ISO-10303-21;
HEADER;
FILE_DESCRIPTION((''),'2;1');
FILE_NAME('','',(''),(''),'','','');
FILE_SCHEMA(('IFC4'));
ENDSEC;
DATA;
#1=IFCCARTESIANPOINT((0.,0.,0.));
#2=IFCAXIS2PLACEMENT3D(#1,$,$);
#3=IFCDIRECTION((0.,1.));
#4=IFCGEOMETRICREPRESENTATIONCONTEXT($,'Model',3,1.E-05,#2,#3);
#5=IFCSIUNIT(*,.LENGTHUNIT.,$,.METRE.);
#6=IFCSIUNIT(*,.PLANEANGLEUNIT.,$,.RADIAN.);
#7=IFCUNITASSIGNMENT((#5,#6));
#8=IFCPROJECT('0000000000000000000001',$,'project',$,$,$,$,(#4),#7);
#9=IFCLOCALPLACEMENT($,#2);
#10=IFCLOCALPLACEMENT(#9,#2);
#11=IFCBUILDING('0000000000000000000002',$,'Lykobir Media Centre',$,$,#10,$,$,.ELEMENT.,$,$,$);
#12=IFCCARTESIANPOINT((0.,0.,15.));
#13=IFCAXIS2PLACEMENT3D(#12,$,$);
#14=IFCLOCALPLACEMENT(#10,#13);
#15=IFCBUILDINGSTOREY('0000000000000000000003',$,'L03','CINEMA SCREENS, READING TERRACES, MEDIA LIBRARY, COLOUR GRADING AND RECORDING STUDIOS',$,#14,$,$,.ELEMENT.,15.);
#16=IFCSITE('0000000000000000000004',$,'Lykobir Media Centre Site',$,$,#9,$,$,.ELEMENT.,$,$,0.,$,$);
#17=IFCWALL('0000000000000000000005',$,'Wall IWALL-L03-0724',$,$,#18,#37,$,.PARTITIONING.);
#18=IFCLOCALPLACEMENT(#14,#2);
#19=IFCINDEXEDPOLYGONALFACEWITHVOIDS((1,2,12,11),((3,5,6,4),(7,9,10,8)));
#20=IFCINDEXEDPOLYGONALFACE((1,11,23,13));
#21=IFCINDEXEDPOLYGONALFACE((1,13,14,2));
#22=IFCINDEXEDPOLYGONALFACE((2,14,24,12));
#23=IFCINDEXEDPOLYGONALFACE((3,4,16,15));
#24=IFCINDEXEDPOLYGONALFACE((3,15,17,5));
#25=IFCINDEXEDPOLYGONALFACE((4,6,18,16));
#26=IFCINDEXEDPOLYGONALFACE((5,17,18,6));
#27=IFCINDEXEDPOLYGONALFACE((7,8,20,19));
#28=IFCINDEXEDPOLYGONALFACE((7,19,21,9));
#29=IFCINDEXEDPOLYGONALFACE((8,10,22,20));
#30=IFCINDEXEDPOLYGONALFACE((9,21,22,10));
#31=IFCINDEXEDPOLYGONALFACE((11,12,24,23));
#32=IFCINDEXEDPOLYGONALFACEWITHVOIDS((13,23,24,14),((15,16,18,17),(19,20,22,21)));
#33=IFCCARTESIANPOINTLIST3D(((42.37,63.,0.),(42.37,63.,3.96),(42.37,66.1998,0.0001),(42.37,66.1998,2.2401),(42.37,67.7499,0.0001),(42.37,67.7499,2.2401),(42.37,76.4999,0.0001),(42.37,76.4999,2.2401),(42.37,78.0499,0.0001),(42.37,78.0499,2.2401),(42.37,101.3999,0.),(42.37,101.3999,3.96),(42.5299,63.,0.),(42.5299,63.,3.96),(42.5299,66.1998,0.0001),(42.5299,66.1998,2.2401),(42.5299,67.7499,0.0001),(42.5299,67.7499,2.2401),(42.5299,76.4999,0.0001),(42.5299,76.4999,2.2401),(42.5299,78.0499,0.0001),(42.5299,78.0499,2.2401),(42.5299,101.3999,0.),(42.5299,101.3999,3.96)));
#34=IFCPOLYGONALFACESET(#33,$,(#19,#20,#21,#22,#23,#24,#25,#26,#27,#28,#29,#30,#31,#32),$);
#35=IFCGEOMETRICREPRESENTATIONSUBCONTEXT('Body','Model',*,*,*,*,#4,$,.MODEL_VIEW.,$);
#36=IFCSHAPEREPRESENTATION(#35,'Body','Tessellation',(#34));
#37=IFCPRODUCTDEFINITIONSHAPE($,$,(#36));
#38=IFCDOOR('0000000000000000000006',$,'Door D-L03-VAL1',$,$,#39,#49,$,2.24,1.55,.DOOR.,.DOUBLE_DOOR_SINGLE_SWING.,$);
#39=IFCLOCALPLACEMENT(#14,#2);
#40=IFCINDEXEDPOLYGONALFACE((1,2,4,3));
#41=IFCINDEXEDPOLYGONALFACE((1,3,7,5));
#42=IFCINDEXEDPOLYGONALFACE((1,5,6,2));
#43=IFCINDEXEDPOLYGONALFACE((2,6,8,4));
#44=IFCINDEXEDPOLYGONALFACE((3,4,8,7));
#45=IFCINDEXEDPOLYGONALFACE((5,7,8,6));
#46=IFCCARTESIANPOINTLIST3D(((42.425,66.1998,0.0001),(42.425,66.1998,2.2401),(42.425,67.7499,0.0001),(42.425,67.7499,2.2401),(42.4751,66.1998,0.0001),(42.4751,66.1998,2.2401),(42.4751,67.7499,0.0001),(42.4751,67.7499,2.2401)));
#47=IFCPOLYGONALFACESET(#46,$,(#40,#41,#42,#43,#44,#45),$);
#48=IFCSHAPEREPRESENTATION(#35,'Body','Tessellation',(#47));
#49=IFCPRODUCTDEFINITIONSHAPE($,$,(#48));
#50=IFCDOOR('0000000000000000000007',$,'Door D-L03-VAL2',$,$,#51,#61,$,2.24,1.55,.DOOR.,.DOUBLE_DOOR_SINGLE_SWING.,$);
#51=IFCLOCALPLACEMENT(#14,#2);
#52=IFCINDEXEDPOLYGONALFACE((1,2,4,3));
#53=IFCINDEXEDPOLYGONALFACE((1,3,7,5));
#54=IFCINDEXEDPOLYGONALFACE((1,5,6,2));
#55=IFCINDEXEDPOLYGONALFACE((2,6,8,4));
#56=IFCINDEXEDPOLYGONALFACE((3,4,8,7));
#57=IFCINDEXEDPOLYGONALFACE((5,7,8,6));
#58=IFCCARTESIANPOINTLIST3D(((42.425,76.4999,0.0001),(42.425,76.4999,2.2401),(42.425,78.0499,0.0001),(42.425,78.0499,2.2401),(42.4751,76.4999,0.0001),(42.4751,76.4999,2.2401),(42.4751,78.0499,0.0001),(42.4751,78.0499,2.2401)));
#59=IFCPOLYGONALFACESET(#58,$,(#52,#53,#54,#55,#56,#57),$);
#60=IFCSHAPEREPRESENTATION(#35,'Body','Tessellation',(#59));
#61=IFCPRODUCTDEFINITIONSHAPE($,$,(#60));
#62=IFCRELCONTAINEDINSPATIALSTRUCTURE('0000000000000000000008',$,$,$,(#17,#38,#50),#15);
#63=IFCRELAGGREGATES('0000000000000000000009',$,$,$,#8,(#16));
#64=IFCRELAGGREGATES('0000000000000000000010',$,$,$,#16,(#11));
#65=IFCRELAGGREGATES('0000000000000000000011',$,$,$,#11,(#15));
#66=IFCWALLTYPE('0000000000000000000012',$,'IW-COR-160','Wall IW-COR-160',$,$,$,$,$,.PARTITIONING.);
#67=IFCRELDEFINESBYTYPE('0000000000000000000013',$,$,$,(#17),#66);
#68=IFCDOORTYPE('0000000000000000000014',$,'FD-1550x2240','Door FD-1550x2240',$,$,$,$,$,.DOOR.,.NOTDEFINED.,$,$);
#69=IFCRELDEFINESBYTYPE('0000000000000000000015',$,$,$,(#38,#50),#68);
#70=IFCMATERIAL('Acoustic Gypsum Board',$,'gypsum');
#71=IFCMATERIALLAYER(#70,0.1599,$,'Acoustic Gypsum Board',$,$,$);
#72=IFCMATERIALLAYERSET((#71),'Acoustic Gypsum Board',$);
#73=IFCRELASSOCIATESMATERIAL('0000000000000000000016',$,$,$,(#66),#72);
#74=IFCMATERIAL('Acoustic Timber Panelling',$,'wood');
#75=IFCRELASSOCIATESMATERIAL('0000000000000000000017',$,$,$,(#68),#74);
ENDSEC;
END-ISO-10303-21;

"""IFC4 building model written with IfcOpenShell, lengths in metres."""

from ifc_helpers import new_model, si_unit, direction, frame, frame_2d, origin, place, context, subcontext, project, spatial, rectangle, extrude, material, layer, layer_set, type_object, element, fill, save


model = new_model("IFC4")

# Units and contexts
model_context = context("Model", 3, precision=1e-05, world=origin(), true_north=direction((0.0, 1.0)))
body_context = subcontext(model_context, "Body", "Model", "MODEL_VIEW")
ifc_project = project(units=[si_unit("LENGTHUNIT", "METRE"), si_unit("PLANEANGLEUNIT", "RADIAN")], contexts=[model_context])

# Site, building, storey
site_placement = place(None, origin())
site = spatial("IfcSite", under=ifc_project, at=site_placement, Name="Lykobir Media Centre Site", CompositionType="ELEMENT", RefElevation=0.0)
building_placement = place(site_placement, origin())
building = spatial("IfcBuilding", under=site, at=building_placement, Name="Lykobir Media Centre", CompositionType="ELEMENT")
storey_placement = place(building_placement, frame((0.0, 0.0, 15.0)))
storey = spatial("IfcBuildingStorey", under=building, at=storey_placement, Name="L03", Description="CINEMA SCREENS, READING TERRACES, MEDIA LIBRARY, COLOUR GRADING AND RECORDING STUDIOS", CompositionType="ELEMENT", Elevation=15.0)

# Wall, openings, doors
ifc_material_1 = material(Name="Acoustic Gypsum Board", Category="gypsum")
ifc_layer_1 = layer(ifc_material_1, 0.1599, Name="Acoustic Gypsum Board")
ifc_layer_set_1 = layer_set([ifc_layer_1], Name="Acoustic Gypsum Board")
wall_type = type_object("IfcWallType", Name="IW-COR-160", Description="Wall IW-COR-160", PredefinedType="PARTITIONING", material=ifc_layer_set_1)
wall_placement = place(storey_placement, frame((42.45, 63.0, 0.0), z_axis=(0.0, 0.0, 1.0), x_axis=(0.0, 1.0, 0.0)))
wall = element("IfcWall", 1, at=wall_placement, inside=storey, type_object=wall_type, Name="Wall IWALL-L03-0724", PredefinedType="PARTITIONING", context=body_context, shape_type="SweptSolid", body=[
    extrude(rectangle(XDim=38.3999, YDim=0.1599, at=frame_2d((19.2, 0.0))), origin(), (0.0, 0.0, 1.0), 3.96),
])
opening_1_placement = place(wall_placement, frame((3.2, 0.0, 0.0)))
opening_1 = element("IfcOpeningElement", 2, at=opening_1_placement, cuts=wall, PredefinedType="OPENING", context=body_context, shape_type="SweptSolid", body=[
    extrude(rectangle(XDim=1.55, YDim=2.24, at=frame_2d((0.7749, 1.1201))), frame((0.0, 0.0898, 0.0), z_axis=(0.0, -1.0, 0.0), x_axis=(1.0, 0.0, 0.0)), (0.0, 0.0, 1.0), 0.1799),
])
opening_2_placement = place(wall_placement, frame((13.5, 0.0, 0.0)))
opening_2 = element("IfcOpeningElement", 3, at=opening_2_placement, cuts=wall, PredefinedType="OPENING", context=body_context, shape_type="SweptSolid", body=[
    extrude(rectangle(XDim=1.55, YDim=2.24, at=frame_2d((0.7749, 1.1201))), frame((0.0, 0.0898, 0.0), z_axis=(0.0, -1.0, 0.0), x_axis=(1.0, 0.0, 0.0)), (0.0, 0.0, 1.0), 0.1799),
])
ifc_material_2 = material(Name="Acoustic Timber Panelling", Category="wood")
door_type = type_object("IfcDoorType", Name="FD-1550x2240", Description="Door FD-1550x2240", OperationType="NOTDEFINED", PredefinedType="DOOR", material=ifc_material_2)
door_1_placement = place(opening_1_placement, origin())
door_1 = element("IfcDoor", 4, at=door_1_placement, inside=storey, type_object=door_type, Name="Door D-L03-VAL1", OperationType="DOUBLE_DOOR_SINGLE_SWING", OverallHeight=2.24, OverallWidth=1.55, PredefinedType="DOOR", context=body_context, shape_type="SweptSolid", body=[
    extrude(rectangle(XDim=1.55, YDim=2.24, at=frame_2d((0.7749, 1.1201))), frame((0.0, 0.0249, 0.0), z_axis=(0.0, -1.0, 0.0), x_axis=(1.0, 0.0, 0.0)), (0.0, 0.0, 1.0), 0.05),
])
fill(opening_1, door_1)
door_2_placement = place(opening_2_placement, origin())
door_2 = element("IfcDoor", 5, at=door_2_placement, inside=storey, type_object=door_type, Name="Door D-L03-VAL2", OperationType="DOUBLE_DOOR_SINGLE_SWING", OverallHeight=2.24, OverallWidth=1.55, PredefinedType="DOOR", context=body_context, shape_type="SweptSolid", body=[
    extrude(rectangle(XDim=1.55, YDim=2.24, at=frame_2d((0.7749, 1.1201))), frame((0.0, 0.0249, 0.0), z_axis=(0.0, -1.0, 0.0), x_axis=(1.0, 0.0, 0.0)), (0.0, 0.0, 1.0), 0.05),
])
fill(opening_2, door_2)

save(model, "model.ifc")
